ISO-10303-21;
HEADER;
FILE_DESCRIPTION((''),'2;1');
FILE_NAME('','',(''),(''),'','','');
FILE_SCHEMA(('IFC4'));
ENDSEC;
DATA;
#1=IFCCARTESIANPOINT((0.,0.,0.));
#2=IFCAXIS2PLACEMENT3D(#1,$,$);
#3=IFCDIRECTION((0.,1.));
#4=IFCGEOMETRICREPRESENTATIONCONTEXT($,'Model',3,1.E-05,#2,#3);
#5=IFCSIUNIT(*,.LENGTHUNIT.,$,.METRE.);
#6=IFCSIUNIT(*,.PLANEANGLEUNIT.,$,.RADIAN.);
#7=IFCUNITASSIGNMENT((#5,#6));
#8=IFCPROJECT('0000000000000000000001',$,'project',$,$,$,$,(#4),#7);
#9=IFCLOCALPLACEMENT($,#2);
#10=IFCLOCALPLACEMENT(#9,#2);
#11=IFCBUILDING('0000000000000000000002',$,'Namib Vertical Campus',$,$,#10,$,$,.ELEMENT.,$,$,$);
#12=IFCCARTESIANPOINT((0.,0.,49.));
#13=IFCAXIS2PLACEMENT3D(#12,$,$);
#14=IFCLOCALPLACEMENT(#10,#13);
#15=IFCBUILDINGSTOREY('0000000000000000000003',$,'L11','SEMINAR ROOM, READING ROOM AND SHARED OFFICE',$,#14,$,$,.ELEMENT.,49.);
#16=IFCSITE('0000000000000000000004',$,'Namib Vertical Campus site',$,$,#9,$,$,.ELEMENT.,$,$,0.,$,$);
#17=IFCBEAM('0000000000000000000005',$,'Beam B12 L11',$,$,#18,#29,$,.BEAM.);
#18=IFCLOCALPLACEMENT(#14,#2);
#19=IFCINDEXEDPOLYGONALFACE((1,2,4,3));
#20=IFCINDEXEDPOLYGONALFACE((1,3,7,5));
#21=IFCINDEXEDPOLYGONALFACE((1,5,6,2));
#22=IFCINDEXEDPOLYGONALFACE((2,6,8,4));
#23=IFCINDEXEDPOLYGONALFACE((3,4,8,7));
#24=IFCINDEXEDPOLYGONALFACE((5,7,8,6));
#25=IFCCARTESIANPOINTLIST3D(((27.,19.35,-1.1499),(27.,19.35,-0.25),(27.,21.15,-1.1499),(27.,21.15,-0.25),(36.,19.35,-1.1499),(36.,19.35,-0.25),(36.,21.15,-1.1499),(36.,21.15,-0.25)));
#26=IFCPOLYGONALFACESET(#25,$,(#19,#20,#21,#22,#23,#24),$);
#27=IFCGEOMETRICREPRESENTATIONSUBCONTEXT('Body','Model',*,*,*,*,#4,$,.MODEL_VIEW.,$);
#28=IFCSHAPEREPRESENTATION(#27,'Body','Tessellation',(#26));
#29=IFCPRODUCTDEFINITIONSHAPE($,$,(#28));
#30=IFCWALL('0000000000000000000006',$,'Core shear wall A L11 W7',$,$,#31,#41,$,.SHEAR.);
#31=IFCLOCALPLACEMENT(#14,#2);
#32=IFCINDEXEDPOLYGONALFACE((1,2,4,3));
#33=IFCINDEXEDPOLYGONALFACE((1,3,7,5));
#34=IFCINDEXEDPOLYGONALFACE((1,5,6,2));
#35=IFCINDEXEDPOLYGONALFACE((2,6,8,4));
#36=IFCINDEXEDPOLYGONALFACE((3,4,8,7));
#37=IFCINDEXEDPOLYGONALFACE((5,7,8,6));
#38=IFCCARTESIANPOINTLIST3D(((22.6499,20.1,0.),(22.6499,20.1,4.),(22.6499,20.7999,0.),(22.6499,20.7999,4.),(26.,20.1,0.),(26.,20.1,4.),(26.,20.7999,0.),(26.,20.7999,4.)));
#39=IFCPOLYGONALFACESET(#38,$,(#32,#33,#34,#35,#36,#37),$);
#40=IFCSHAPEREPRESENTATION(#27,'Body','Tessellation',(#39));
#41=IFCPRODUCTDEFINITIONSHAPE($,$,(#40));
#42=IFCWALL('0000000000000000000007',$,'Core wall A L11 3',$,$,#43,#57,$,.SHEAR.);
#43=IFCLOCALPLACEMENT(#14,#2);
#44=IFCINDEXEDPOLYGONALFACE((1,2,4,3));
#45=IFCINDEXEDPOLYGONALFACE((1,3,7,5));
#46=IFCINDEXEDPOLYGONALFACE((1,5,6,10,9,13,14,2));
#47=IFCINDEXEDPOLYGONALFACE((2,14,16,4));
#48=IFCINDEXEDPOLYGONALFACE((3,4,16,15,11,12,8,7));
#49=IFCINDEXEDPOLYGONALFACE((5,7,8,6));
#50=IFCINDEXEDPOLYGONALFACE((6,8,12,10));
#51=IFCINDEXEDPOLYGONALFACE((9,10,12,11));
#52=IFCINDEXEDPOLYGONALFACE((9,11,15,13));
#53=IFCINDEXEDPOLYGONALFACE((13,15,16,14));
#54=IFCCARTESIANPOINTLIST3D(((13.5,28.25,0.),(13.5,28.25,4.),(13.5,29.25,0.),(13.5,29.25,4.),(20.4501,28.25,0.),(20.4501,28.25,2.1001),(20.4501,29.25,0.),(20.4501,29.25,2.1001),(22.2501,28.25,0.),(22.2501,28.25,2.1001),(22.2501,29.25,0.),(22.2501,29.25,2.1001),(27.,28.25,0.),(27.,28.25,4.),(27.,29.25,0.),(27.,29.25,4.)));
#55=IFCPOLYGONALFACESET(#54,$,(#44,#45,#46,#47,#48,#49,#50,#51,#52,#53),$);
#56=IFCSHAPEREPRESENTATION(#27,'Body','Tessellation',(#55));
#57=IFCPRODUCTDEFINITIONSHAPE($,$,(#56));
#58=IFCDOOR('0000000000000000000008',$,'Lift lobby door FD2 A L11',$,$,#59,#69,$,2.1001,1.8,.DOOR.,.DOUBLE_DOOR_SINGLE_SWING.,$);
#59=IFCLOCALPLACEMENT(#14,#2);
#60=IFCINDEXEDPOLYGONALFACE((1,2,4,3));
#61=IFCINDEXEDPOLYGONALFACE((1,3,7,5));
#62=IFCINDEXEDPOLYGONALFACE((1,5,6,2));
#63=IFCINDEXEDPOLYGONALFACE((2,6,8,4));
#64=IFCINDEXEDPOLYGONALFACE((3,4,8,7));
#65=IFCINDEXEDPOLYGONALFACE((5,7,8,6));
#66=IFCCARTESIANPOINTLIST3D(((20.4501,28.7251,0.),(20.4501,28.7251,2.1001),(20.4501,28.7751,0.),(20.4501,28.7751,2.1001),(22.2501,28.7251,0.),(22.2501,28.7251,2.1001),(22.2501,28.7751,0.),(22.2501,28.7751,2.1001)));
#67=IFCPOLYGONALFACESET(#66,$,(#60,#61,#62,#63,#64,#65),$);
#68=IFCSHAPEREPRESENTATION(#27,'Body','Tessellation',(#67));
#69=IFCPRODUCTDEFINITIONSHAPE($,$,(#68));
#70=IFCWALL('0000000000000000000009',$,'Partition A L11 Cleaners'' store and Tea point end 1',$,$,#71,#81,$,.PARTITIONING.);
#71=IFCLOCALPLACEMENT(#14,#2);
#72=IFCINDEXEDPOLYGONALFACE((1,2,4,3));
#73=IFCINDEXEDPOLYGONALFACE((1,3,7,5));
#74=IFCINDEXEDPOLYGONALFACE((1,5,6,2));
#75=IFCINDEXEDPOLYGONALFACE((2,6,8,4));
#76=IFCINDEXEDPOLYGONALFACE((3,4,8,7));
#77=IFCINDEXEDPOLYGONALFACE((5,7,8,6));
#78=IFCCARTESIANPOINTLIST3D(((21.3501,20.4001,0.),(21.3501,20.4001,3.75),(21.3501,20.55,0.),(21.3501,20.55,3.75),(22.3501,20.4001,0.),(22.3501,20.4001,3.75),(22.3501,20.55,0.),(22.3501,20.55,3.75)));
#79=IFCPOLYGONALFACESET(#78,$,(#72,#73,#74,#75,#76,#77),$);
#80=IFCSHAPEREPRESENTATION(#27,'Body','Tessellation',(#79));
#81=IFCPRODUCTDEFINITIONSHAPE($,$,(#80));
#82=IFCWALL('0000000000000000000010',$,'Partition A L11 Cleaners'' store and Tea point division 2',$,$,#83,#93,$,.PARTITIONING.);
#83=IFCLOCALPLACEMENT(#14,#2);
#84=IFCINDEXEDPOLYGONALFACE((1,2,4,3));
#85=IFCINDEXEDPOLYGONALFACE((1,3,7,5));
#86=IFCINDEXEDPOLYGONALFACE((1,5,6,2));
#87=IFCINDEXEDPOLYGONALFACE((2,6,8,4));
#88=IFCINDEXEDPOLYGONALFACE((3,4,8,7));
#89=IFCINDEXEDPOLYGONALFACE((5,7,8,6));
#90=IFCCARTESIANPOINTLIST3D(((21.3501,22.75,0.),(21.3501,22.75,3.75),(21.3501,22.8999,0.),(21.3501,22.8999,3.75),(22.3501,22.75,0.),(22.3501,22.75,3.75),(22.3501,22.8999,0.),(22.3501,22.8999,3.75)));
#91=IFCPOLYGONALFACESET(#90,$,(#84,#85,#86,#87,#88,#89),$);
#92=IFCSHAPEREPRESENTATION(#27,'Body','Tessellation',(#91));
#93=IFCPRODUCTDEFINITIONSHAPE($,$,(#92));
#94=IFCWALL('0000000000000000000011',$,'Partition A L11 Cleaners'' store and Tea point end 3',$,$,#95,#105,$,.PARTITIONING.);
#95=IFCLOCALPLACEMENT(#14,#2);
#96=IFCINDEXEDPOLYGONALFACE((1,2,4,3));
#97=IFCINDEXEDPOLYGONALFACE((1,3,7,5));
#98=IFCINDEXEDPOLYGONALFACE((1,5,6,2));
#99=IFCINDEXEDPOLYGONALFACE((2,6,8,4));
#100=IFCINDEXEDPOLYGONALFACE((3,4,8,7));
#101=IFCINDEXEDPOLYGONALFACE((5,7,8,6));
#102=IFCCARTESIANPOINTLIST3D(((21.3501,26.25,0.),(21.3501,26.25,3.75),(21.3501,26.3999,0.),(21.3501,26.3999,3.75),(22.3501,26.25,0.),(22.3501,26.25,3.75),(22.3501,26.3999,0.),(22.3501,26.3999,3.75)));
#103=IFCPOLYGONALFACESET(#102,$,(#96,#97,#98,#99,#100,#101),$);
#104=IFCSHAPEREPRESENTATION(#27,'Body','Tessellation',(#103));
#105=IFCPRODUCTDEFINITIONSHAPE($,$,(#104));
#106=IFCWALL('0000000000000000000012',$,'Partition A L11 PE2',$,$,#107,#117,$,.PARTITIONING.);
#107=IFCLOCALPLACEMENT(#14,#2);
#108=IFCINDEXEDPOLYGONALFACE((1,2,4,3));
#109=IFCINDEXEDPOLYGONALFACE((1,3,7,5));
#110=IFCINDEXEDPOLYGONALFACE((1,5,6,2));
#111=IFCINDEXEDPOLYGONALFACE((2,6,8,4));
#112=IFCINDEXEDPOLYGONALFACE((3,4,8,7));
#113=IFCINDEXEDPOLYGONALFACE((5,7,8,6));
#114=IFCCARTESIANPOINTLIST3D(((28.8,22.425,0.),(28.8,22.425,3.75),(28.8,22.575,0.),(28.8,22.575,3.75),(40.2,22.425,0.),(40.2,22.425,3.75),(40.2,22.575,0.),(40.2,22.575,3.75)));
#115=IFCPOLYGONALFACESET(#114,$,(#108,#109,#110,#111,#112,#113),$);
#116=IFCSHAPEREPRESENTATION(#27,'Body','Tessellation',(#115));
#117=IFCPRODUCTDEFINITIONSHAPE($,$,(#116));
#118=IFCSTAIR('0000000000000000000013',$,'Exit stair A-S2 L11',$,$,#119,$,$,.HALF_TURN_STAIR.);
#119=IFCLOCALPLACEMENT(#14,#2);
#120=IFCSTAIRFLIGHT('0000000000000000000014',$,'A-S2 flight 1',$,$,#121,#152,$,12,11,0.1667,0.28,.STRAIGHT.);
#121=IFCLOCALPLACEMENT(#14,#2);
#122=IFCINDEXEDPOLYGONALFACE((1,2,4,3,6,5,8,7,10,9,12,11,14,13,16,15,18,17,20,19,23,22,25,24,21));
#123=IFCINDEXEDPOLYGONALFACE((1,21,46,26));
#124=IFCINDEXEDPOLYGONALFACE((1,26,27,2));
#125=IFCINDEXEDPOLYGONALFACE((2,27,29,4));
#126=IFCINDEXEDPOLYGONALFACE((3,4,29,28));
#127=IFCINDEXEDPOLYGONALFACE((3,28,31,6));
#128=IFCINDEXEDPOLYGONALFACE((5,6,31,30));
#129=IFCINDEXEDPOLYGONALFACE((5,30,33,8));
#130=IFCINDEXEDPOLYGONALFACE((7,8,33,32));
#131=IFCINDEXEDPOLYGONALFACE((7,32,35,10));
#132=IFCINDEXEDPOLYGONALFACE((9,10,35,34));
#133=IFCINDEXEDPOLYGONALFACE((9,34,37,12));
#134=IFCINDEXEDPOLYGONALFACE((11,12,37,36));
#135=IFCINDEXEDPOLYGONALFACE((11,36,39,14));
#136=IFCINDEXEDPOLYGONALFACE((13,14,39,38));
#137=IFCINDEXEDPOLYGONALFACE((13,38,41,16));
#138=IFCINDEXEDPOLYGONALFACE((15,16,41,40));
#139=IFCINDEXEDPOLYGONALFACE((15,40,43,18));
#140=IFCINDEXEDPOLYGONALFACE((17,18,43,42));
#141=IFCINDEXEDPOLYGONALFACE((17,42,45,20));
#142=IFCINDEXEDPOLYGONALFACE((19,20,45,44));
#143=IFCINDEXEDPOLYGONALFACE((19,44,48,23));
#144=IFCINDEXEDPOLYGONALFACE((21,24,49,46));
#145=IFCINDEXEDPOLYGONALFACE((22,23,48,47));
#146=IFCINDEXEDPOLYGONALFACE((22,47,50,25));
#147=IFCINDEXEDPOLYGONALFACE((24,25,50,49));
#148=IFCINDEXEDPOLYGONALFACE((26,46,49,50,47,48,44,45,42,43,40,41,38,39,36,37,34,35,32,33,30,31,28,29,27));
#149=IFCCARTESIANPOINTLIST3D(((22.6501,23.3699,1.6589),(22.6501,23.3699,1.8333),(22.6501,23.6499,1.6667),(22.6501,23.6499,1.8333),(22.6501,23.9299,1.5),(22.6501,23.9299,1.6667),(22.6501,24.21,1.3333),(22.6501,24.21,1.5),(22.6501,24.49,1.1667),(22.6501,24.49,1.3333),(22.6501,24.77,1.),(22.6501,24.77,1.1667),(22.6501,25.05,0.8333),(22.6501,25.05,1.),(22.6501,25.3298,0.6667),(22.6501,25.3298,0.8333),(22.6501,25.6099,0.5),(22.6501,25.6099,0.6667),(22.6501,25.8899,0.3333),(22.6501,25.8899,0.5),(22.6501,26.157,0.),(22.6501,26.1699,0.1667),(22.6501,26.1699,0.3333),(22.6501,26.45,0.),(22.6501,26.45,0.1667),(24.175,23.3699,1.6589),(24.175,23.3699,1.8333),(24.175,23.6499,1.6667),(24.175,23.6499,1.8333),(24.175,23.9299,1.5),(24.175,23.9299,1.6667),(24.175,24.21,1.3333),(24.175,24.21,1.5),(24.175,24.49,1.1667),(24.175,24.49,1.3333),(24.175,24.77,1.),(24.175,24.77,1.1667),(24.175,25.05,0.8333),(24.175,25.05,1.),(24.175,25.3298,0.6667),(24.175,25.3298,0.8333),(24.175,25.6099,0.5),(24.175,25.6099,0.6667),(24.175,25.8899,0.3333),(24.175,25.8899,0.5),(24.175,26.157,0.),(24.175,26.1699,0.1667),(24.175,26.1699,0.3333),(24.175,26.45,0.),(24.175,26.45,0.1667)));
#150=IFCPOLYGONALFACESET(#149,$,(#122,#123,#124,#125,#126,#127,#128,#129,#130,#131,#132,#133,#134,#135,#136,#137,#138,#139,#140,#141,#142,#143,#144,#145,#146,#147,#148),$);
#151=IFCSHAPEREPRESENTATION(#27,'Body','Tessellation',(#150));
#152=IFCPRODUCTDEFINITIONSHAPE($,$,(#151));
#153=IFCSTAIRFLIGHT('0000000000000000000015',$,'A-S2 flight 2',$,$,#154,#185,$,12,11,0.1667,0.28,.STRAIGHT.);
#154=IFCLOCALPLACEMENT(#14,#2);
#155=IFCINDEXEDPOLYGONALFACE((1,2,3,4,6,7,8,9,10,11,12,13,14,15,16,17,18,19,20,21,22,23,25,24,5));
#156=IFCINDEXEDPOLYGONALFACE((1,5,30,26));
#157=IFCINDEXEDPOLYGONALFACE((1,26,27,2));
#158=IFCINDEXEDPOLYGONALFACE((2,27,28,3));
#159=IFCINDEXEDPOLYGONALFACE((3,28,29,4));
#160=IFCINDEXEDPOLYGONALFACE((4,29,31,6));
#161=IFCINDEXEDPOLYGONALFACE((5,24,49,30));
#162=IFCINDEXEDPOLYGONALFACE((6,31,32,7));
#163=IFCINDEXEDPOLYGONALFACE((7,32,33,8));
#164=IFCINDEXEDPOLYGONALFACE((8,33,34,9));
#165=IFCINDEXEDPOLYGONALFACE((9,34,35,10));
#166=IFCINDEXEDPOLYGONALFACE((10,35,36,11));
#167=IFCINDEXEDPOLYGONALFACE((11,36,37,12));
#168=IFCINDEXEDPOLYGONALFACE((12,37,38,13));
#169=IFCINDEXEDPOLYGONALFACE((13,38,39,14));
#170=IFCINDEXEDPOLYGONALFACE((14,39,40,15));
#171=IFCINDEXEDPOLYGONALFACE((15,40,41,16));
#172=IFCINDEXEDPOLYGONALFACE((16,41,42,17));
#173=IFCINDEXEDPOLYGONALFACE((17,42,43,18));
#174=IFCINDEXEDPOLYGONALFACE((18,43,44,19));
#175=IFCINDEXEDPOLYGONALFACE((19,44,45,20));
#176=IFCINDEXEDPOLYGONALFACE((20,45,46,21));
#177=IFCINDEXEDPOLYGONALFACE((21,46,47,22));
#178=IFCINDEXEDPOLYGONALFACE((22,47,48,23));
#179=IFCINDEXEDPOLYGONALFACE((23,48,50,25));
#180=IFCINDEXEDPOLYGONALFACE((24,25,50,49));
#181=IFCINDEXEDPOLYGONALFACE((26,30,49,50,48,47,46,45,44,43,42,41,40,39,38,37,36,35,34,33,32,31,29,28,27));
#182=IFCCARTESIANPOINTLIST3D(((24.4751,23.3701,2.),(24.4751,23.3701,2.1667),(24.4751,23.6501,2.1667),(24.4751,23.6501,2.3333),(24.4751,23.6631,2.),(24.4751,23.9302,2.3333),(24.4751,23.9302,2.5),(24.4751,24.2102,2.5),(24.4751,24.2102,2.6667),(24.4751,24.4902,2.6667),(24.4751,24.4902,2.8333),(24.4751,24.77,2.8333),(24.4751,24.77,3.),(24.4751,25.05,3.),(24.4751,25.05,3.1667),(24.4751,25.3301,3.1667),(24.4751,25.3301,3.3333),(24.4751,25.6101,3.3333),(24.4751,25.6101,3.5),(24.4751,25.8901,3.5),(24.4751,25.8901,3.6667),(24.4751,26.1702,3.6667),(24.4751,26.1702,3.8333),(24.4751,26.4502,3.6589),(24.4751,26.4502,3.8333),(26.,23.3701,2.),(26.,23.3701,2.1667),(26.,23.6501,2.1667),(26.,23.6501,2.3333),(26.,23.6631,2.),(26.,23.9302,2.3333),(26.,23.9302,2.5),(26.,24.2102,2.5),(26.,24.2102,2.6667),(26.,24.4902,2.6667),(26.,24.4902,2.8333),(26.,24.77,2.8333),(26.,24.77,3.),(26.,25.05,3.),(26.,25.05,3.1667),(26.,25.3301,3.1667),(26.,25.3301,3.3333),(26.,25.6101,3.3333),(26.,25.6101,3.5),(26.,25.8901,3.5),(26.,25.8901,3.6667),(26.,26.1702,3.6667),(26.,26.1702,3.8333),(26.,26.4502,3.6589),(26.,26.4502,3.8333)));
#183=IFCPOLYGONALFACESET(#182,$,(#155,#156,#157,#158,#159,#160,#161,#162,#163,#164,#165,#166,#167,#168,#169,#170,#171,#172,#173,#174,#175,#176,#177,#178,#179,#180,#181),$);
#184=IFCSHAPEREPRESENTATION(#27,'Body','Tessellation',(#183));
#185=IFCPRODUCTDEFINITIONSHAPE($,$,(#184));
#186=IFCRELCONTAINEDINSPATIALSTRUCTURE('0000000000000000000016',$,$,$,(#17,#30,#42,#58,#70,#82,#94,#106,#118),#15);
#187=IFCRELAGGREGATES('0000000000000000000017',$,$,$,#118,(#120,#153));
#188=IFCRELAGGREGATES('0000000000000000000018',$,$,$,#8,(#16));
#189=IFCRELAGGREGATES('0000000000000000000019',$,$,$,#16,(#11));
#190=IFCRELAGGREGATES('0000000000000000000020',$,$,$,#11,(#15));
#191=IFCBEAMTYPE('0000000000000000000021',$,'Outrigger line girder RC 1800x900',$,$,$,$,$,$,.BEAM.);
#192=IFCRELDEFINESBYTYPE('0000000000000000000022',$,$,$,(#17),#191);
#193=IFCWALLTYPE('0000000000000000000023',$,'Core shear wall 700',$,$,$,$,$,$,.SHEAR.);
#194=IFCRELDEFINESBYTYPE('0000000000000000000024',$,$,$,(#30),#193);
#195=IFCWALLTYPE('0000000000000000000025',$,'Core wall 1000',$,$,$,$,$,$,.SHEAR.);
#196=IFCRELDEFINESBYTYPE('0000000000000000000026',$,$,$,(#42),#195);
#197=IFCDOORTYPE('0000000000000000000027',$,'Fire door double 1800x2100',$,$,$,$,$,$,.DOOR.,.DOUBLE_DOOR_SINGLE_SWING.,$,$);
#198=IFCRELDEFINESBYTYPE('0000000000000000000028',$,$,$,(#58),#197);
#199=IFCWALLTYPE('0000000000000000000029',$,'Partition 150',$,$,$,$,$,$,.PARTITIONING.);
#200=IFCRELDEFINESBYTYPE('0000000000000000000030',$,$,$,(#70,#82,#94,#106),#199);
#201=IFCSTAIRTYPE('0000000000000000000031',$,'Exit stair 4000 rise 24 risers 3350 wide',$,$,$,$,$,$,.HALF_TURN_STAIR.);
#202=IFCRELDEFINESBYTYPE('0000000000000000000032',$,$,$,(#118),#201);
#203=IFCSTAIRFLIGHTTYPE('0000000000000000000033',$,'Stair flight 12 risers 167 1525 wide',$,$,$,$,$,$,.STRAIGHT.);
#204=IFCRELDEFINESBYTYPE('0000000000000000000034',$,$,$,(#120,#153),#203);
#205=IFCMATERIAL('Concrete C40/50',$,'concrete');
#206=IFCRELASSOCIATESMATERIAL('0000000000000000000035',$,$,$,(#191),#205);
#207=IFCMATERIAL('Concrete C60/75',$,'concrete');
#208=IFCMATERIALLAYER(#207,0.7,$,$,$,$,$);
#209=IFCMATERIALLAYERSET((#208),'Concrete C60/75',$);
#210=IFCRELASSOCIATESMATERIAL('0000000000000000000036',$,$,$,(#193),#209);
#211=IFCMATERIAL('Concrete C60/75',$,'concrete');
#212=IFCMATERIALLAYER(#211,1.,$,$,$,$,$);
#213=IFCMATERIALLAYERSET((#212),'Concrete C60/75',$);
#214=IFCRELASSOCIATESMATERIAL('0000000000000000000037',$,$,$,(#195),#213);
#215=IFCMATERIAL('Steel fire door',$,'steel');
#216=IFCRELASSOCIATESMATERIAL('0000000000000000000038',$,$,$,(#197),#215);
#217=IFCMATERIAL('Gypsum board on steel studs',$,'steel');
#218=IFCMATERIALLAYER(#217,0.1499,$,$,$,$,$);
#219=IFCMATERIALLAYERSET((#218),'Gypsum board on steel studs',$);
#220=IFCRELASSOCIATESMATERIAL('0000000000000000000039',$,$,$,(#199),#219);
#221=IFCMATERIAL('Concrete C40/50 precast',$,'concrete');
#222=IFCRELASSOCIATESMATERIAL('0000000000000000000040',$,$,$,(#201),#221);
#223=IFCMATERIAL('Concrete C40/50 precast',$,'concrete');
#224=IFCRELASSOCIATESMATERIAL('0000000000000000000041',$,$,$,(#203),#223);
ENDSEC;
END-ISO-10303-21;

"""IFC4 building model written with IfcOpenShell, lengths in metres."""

from ifc_helpers import new_model, si_unit, direction, frame, frame_2d, origin, origin_2d, place, context, subcontext, project, spatial, polyline, rectangle, outline, extrude, material, layer, layer_set, material_profile, profile_set, type_object, element, fill, aggregate, save


model = new_model("IFC4")

# Units and contexts
model_context = context("Model", 3, precision=1e-05, world=origin(), true_north=direction((0.0, 1.0)))
body_context = subcontext(model_context, "Body", "Model", "MODEL_VIEW")
ifc_project = project(units=[si_unit("LENGTHUNIT", "METRE"), si_unit("PLANEANGLEUNIT", "RADIAN")], contexts=[model_context])

# Site, building, storey
site_placement = place(None, origin())
site = spatial("IfcSite", under=ifc_project, at=site_placement, Name="Namib Vertical Campus site", CompositionType="ELEMENT", RefElevation=0.0)
building_placement = place(site_placement, origin())
building = spatial("IfcBuilding", under=site, at=building_placement, Name="Namib Vertical Campus", CompositionType="ELEMENT")
storey_placement = place(building_placement, frame((0.0, 0.0, 49.0)))
storey = spatial("IfcBuildingStorey", under=building, at=storey_placement, Name="L11", Description="SEMINAR ROOM, READING ROOM AND SHARED OFFICE", CompositionType="ELEMENT", Elevation=49.0)

# Beam
ifc_material_1 = material(Name="Concrete C40/50", Category="concrete")
ifc_material_profile_1 = material_profile(ifc_material_1, rectangle(XDim=1.8, YDim=0.8999, at=origin_2d()))
ifc_profile_set_1 = profile_set([ifc_material_profile_1], Name="Concrete C40/50")
beam_type_1 = type_object("IfcBeamType", Name="Outrigger line girder RC 1800x900", PredefinedType="BEAM", material=ifc_profile_set_1)
beam_1_placement = place(storey_placement, frame((36.0, 20.25, -0.7), z_axis=(-1.0, 0.0, 0.0), x_axis=(0.0, -1.0, 0.0)))
element("IfcBeam", 1, at=beam_1_placement, inside=storey, type_object=beam_type_1, Name="Beam B12 L11", PredefinedType="BEAM", context=body_context, shape_type="SweptSolid", body=[
    extrude(rectangle(XDim=1.8, YDim=0.8999, at=origin_2d()), origin(), (0.0, 0.0, 1.0), 9.0),
])

# Wall
ifc_material_2 = material(Name="Concrete C60/75", Category="concrete")
ifc_layer_1 = layer(ifc_material_2, 0.7)
ifc_layer_set_1 = layer_set([ifc_layer_1], Name="Concrete C60/75")
wall_type_1 = type_object("IfcWallType", Name="Core shear wall 700", PredefinedType="SHEAR", material=ifc_layer_set_1)
wall_1_placement = place(storey_placement, frame((22.6499, 20.45, 0.0), z_axis=(0.0, 0.0, 1.0), x_axis=(1.0, 0.0, 0.0)))
element("IfcWall", 2, at=wall_1_placement, inside=storey, type_object=wall_type_1, Name="Core shear wall A L11 W7", PredefinedType="SHEAR", context=body_context, shape_type="SweptSolid", body=[
    extrude(rectangle(XDim=3.3501, YDim=0.7, at=frame_2d((1.675, 0.0))), origin(), (0.0, 0.0, 1.0), 4.0),
])

# Wall, opening, door
ifc_material_3 = material(Name="Concrete C60/75", Category="concrete")
ifc_layer_2 = layer(ifc_material_3, 1.0)
ifc_layer_set_2 = layer_set([ifc_layer_2], Name="Concrete C60/75")
wall_type_2 = type_object("IfcWallType", Name="Core wall 1000", PredefinedType="SHEAR", material=ifc_layer_set_2)
wall_2_placement = place(storey_placement, frame((27.0, 28.75, 0.0), z_axis=(0.0, 0.0, 1.0), x_axis=(-1.0, 0.0, 0.0)))
wall_2 = element("IfcWall", 3, at=wall_2_placement, inside=storey, type_object=wall_type_2, Name="Core wall A L11 3", PredefinedType="SHEAR", context=body_context, shape_type="SweptSolid", body=[
    extrude(rectangle(XDim=13.5, YDim=1.0, at=frame_2d((6.75, 0.0))), origin(), (0.0, 0.0, 1.0), 4.0),
])
opening_placement = place(wall_2_placement, frame((4.75, 0.0, 0.0)))
opening = element("IfcOpeningElement", 4, at=opening_placement, cuts=wall_2, PredefinedType="OPENING", context=body_context, shape_type="SweptSolid", body=[
    extrude(rectangle(XDim=1.8, YDim=2.1001, at=frame_2d((0.8999, 1.05))), frame((0.0, 0.51, 0.0), z_axis=(0.0, -1.0, 0.0), x_axis=(1.0, 0.0, 0.0)), (0.0, 0.0, 1.0), 1.02),
])
ifc_material_4 = material(Name="Steel fire door", Category="steel")
door_type = type_object("IfcDoorType", Name="Fire door double 1800x2100", OperationType="DOUBLE_DOOR_SINGLE_SWING", PredefinedType="DOOR", material=ifc_material_4)
door_placement = place(opening_placement, origin())
door = element("IfcDoor", 5, at=door_placement, inside=storey, type_object=door_type, Name="Lift lobby door FD2 A L11", OperationType="DOUBLE_DOOR_SINGLE_SWING", OverallHeight=2.1001, OverallWidth=1.8, PredefinedType="DOOR", context=body_context, shape_type="SweptSolid", body=[
    extrude(rectangle(XDim=1.8, YDim=2.1001, at=frame_2d((0.8999, 1.05))), frame((0.0, 0.0249, 0.0), z_axis=(0.0, -1.0, 0.0), x_axis=(1.0, 0.0, 0.0)), (0.0, 0.0, 1.0), 0.05),
])
fill(opening, door)

# Walls
ifc_material_5 = material(Name="Gypsum board on steel studs", Category="steel")
ifc_layer_3 = layer(ifc_material_5, 0.1499)
ifc_layer_set_3 = layer_set([ifc_layer_3], Name="Gypsum board on steel studs")
wall_type_3 = type_object("IfcWallType", Name="Partition 150", PredefinedType="PARTITIONING", material=ifc_layer_set_3)
for number, where, z_axis, x_axis, name in (
    (6, (21.3501, 20.4751, 0.0), (0.0, 0.0, 1.0), (1.0, 0.0, 0.0), "Partition A L11 Cleaners' store and Tea point end 1"),
    (7, (21.3501, 22.825, 0.0), (0.0, 0.0, 1.0), (1.0, 0.0, 0.0), "Partition A L11 Cleaners' store and Tea point division 2"),
    (8, (21.3501, 26.325, 0.0), (0.0, 0.0, 1.0), (1.0, 0.0, 0.0), "Partition A L11 Cleaners' store and Tea point end 3"),
):
    element("IfcWall", number, at=place(storey_placement, frame(where, z_axis=z_axis, x_axis=x_axis)), inside=storey, type_object=wall_type_3, Name=name, PredefinedType="PARTITIONING", context=body_context, shape_type="SweptSolid", body=[
        extrude(rectangle(XDim=1.0, YDim=0.1499, at=frame_2d((0.5, 0.0))), origin(), (0.0, 0.0, 1.0), 3.75),
    ])
wall_3_placement = place(storey_placement, frame((28.8, 22.5, 0.0), z_axis=(0.0, 0.0, 1.0), x_axis=(1.0, 0.0, 0.0)))
element("IfcWall", 9, at=wall_3_placement, inside=storey, type_object=wall_type_3, Name="Partition A L11 PE2", PredefinedType="PARTITIONING", context=body_context, shape_type="SweptSolid", body=[
    extrude(rectangle(XDim=11.3999, YDim=0.1499, at=frame_2d((5.7, 0.0))), origin(), (0.0, 0.0, 1.0), 3.75),
])

# Stair, stair flights
ifc_material_6 = material(Name="Concrete C40/50 precast", Category="concrete")
stair_type = type_object("IfcStairType", Name="Exit stair 4000 rise 24 risers 3350 wide", PredefinedType="HALF_TURN_STAIR", material=ifc_material_6)
stair_placement = place(storey_placement, origin())
stair = element("IfcStair", 10, at=stair_placement, inside=storey, type_object=stair_type, Name="Exit stair A-S2 L11", PredefinedType="HALF_TURN_STAIR")
ifc_material_7 = material(Name="Concrete C40/50 precast", Category="concrete")
stair_flight_type = type_object("IfcStairFlightType", Name="Stair flight 12 risers 167 1525 wide", PredefinedType="STRAIGHT", material=ifc_material_7)
stair_flight_1_placement = place(storey_placement, frame((23.4126, 26.45, 0.0), z_axis=(0.0, 0.0, 1.0), x_axis=(0.0, -1.0, 0.0)))
stair_flight_1 = element("IfcStairFlight", 11, at=stair_flight_1_placement, type_object=stair_flight_type, Name="A-S2 flight 1", NumberOfRisers=12, NumberOfTreads=11, PredefinedType="STRAIGHT", RiserHeight=0.1667, TreadLength=0.28, context=body_context, shape_type="SweptSolid", body=[
    extrude(outline(polyline([(0.0, 0.0), (0.0, 0.1667), (0.28, 0.1667), (0.28, 0.3333), (0.5601, 0.3333), (0.5601, 0.5), (0.8401, 0.5), (0.8401, 0.6667), (1.1201, 0.6667), (1.1201, 0.8333), (1.3999, 0.8333), (1.3999, 1.0), (1.6799, 1.0), (1.6799, 1.1667), (1.96, 1.1667), (1.96, 1.3333), (2.24, 1.3333), (2.24, 1.5), (2.52, 1.5), (2.52, 1.6667), (2.8, 1.6667), (2.8, 1.8333), (3.0801, 1.8333), (3.0801, 2.0), (3.0801, 1.6589), (0.293, 0.0), (0.0, 0.0)])), frame((0.0, 0.7625, 0.0), z_axis=(0.0, -1.0, 0.0), x_axis=(1.0, 0.0, 0.0)), (0.0, 0.0, 1.0), 1.5249),
])
stair_flight_2_placement = place(storey_placement, frame((25.2375, 23.3701, 2.0), z_axis=(0.0, 0.0, 1.0), x_axis=(0.0, 1.0, 0.0)))
stair_flight_2 = element("IfcStairFlight", 12, at=stair_flight_2_placement, type_object=stair_flight_type, Name="A-S2 flight 2", NumberOfRisers=12, NumberOfTreads=11, PredefinedType="STRAIGHT", RiserHeight=0.1667, TreadLength=0.28, context=body_context, shape_type="SweptSolid", body=[
    extrude(outline(polyline([(0.0, 0.0), (0.0, 0.1667), (0.28, 0.1667), (0.28, 0.3333), (0.5601, 0.3333), (0.5601, 0.5), (0.8401, 0.5), (0.8401, 0.6667), (1.1201, 0.6667), (1.1201, 0.8333), (1.3999, 0.8333), (1.3999, 1.0), (1.6799, 1.0), (1.6799, 1.1667), (1.96, 1.1667), (1.96, 1.3333), (2.24, 1.3333), (2.24, 1.5), (2.52, 1.5), (2.52, 1.6667), (2.8, 1.6667), (2.8, 1.8333), (3.0801, 1.8333), (3.0801, 2.0), (3.0801, 1.6589), (0.293, 0.0), (0.0, 0.0)])), frame((0.0, 0.7625, 0.0), z_axis=(0.0, -1.0, 0.0), x_axis=(1.0, 0.0, 0.0)), (0.0, 0.0, 1.0), 1.5249),
])
aggregate(stair, [stair_flight_1, stair_flight_2])

save(model, "model.ifc")
